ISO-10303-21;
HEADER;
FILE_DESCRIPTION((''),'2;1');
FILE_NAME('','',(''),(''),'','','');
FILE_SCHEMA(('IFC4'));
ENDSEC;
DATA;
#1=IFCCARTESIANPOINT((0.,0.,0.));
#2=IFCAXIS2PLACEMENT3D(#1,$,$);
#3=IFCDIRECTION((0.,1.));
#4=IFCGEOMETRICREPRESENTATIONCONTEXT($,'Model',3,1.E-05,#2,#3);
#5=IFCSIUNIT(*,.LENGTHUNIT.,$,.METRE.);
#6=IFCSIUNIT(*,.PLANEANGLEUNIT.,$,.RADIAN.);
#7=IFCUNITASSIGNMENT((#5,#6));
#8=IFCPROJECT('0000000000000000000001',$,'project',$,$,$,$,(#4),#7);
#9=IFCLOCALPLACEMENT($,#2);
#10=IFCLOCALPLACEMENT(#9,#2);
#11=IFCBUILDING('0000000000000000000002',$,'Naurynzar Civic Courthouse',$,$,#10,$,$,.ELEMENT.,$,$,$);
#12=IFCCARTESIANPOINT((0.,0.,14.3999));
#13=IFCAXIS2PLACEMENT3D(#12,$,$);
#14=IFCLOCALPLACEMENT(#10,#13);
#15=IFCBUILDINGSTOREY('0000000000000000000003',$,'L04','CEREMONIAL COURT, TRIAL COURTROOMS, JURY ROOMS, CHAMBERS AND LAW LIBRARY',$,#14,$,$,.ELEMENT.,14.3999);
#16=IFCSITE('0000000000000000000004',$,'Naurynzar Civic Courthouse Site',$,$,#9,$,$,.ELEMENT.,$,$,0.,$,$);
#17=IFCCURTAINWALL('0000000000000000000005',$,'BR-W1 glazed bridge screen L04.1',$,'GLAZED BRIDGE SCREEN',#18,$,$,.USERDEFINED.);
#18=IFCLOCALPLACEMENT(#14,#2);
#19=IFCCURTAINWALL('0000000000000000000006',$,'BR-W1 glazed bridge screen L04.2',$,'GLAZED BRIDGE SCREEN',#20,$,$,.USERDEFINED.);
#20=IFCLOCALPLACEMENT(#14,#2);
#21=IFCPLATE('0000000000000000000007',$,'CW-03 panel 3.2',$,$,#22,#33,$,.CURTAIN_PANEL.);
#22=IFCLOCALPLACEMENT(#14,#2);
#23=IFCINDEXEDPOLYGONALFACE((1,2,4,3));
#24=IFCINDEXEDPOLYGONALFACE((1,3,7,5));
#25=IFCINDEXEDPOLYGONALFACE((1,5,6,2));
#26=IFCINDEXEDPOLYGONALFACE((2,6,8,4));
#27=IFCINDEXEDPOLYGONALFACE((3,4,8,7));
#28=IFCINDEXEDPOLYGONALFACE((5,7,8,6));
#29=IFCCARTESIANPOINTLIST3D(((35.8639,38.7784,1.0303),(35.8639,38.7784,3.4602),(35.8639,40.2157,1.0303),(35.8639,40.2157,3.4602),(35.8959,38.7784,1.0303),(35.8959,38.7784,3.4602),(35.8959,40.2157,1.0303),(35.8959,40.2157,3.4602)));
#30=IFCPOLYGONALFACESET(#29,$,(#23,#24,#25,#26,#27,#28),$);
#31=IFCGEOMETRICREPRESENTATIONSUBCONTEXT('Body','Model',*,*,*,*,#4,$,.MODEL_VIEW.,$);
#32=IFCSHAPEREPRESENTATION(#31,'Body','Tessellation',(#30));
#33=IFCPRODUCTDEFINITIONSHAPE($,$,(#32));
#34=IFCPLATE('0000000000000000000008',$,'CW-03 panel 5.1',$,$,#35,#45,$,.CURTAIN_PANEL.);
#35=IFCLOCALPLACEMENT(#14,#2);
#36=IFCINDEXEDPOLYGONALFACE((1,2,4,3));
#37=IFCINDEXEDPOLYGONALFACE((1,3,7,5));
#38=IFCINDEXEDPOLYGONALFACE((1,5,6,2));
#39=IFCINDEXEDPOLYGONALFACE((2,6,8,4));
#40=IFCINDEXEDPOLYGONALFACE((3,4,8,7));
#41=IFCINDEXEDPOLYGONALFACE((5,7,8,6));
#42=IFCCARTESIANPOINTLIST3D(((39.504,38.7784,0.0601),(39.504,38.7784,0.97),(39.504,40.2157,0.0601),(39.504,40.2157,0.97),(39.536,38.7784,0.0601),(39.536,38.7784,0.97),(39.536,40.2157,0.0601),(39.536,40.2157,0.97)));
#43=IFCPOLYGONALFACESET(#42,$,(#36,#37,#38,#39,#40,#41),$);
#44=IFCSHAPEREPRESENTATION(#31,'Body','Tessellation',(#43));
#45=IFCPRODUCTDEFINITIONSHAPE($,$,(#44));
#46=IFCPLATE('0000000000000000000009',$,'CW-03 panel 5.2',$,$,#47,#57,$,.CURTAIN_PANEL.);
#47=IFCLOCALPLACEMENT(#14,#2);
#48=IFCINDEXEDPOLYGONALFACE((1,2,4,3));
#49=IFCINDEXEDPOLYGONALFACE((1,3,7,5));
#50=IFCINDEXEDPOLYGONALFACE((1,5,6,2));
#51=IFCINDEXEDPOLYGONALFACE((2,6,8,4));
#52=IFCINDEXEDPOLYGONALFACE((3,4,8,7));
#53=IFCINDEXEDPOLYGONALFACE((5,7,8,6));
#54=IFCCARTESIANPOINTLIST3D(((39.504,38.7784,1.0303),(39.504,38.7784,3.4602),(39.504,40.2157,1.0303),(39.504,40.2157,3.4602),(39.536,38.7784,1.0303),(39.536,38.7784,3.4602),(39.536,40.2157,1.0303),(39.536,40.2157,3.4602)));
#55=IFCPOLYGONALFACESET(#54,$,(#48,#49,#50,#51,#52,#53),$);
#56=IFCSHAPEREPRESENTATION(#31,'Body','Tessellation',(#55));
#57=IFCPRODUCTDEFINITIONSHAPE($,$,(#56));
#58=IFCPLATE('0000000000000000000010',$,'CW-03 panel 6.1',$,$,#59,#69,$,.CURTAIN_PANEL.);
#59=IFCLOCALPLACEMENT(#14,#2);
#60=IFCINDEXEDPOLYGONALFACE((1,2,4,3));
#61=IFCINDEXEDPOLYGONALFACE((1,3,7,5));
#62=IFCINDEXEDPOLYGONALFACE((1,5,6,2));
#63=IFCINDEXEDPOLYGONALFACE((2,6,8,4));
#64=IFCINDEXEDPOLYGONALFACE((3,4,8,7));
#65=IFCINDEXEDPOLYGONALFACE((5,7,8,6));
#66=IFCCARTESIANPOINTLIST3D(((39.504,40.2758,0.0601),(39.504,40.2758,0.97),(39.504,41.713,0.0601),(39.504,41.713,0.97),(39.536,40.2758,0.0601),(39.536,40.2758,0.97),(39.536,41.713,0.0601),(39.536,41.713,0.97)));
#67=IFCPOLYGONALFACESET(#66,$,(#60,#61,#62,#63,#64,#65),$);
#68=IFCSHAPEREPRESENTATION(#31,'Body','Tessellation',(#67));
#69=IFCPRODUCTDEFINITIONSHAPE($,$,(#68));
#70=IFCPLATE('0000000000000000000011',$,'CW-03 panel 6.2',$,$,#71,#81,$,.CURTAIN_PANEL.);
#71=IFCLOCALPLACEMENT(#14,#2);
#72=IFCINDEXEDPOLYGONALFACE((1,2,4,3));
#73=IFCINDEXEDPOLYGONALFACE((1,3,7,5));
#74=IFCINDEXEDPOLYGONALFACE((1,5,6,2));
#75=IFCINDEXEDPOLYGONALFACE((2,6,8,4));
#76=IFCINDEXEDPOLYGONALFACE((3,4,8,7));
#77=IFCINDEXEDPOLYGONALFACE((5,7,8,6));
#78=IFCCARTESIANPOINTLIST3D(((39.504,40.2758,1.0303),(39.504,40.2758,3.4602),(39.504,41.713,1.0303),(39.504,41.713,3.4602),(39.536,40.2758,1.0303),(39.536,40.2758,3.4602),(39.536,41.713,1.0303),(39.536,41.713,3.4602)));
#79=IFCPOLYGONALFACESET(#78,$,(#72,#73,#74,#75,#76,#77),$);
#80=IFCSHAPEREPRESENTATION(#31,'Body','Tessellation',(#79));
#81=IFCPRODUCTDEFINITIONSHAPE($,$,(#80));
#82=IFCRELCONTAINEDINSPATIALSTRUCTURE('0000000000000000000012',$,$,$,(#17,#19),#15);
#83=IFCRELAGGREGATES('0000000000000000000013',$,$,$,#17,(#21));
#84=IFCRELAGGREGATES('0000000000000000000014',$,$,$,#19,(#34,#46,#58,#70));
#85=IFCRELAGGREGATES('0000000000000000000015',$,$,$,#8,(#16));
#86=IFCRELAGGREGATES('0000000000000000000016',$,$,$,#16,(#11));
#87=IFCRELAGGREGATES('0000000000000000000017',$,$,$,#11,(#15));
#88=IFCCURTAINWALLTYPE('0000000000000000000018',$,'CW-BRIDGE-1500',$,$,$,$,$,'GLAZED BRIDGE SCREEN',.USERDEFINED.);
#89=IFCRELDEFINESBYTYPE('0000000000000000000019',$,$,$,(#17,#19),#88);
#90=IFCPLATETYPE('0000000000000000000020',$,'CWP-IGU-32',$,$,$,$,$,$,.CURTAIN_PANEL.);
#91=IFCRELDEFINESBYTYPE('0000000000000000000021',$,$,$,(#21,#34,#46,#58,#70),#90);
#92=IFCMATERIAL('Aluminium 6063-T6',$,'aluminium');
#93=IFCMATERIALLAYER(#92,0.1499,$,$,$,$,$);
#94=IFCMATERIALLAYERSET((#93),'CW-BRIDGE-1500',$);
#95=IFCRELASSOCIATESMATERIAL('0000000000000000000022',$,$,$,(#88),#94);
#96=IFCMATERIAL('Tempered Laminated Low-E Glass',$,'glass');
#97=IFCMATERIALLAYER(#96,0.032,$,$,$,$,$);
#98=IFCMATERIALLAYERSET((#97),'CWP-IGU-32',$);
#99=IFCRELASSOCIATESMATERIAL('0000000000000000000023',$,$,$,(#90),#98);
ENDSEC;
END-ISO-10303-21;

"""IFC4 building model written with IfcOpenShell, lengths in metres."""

from ifc_helpers import new_model, si_unit, direction, frame, origin, origin_2d, place, context, subcontext, project, spatial, rectangle, extrude, material, layer, layer_set, type_object, element, aggregate, save


model = new_model("IFC4")

# Units and contexts
model_context = context("Model", 3, precision=1e-05, world=origin(), true_north=direction((0.0, 1.0)))
body_context = subcontext(model_context, "Body", "Model", "MODEL_VIEW")
ifc_project = project(units=[si_unit("LENGTHUNIT", "METRE"), si_unit("PLANEANGLEUNIT", "RADIAN")], contexts=[model_context])

# Site, building, storey
site_placement = place(None, origin())
site = spatial("IfcSite", under=ifc_project, at=site_placement, Name="Naurynzar Civic Courthouse Site", CompositionType="ELEMENT", RefElevation=0.0)
building_placement = place(site_placement, origin())
building = spatial("IfcBuilding", under=site, at=building_placement, Name="Naurynzar Civic Courthouse", CompositionType="ELEMENT")
storey_placement = place(building_placement, frame((0.0, 0.0, 14.3999)))
storey = spatial("IfcBuildingStorey", under=building, at=storey_placement, Name="L04", Description="CEREMONIAL COURT, TRIAL COURTROOMS, JURY ROOMS, CHAMBERS AND LAW LIBRARY", CompositionType="ELEMENT", Elevation=14.3999)

# Curtain walls
ifc_material_1 = material(Name="Aluminium 6063-T6", Category="aluminium")
ifc_layer_1 = layer(ifc_material_1, 0.1499)
ifc_layer_set_1 = layer_set([ifc_layer_1], Name="CW-BRIDGE-1500")
curtain_wall_type = type_object("IfcCurtainWallType", Name="CW-BRIDGE-1500", ElementType="GLAZED BRIDGE SCREEN", PredefinedType="USERDEFINED", material=ifc_layer_set_1)
curtain_wall_1_placement = place(storey_placement, origin())
curtain_wall_1 = element("IfcCurtainWall", 1, at=curtain_wall_1_placement, inside=storey, type_object=curtain_wall_type, Name="BR-W1 glazed bridge screen L04.1", ObjectType="GLAZED BRIDGE SCREEN", PredefinedType="USERDEFINED")
curtain_wall_2_placement = place(storey_placement, origin())
curtain_wall_2 = element("IfcCurtainWall", 2, at=curtain_wall_2_placement, inside=storey, type_object=curtain_wall_type, Name="BR-W1 glazed bridge screen L04.2", ObjectType="GLAZED BRIDGE SCREEN", PredefinedType="USERDEFINED")

# Plates
ifc_material_2 = material(Name="Tempered Laminated Low-E Glass", Category="glass")
ifc_layer_2 = layer(ifc_material_2, 0.032)
ifc_layer_set_2 = layer_set([ifc_layer_2], Name="CWP-IGU-32")
plate_type = type_object("IfcPlateType", Name="CWP-IGU-32", PredefinedType="CURTAIN_PANEL", material=ifc_layer_set_2)
plate_1_placement = place(storey_placement, frame((35.8799, 39.4971, 1.0303), z_axis=(0.0, 0.0, 1.0), x_axis=(0.0, -1.0, 0.0)))
plate_1 = element("IfcPlate", 3, at=plate_1_placement, type_object=plate_type, Name="CW-03 panel 3.2", PredefinedType="CURTAIN_PANEL", context=body_context, shape_type="SweptSolid", body=[
    extrude(rectangle(XDim=1.4373, YDim=0.032, at=origin_2d()), origin(), (0.0, 0.0, 1.0), 2.4299),
])
aggregate(curtain_wall_1, [plate_1])
plate_2_placement = place(storey_placement, frame((39.52, 39.4971, 0.0601), z_axis=(0.0, 0.0, 1.0), x_axis=(0.0, 1.0, 0.0)))
plate_2 = element("IfcPlate", 4, at=plate_2_placement, type_object=plate_type, Name="CW-03 panel 5.1", PredefinedType="CURTAIN_PANEL", context=body_context, shape_type="SweptSolid", body=[
    extrude(rectangle(XDim=1.4373, YDim=0.032, at=origin_2d()), origin(), (0.0, 0.0, 1.0), 0.9099),
])
plate_3_placement = place(storey_placement, frame((39.52, 39.4971, 1.0303), z_axis=(0.0, 0.0, 1.0), x_axis=(0.0, 1.0, 0.0)))
plate_3 = element("IfcPlate", 5, at=plate_3_placement, type_object=plate_type, Name="CW-03 panel 5.2", PredefinedType="CURTAIN_PANEL", context=body_context, shape_type="SweptSolid", body=[
    extrude(rectangle(XDim=1.4373, YDim=0.032, at=origin_2d()), origin(), (0.0, 0.0, 1.0), 2.4299),
])
plate_4_placement = place(storey_placement, frame((39.52, 40.9944, 0.0601), z_axis=(0.0, 0.0, 1.0), x_axis=(0.0, 1.0, 0.0)))
plate_4 = element("IfcPlate", 6, at=plate_4_placement, type_object=plate_type, Name="CW-03 panel 6.1", PredefinedType="CURTAIN_PANEL", context=body_context, shape_type="SweptSolid", body=[
    extrude(rectangle(XDim=1.4373, YDim=0.032, at=origin_2d()), origin(), (0.0, 0.0, 1.0), 0.9099),
])
plate_5_placement = place(storey_placement, frame((39.52, 40.9944, 1.0303), z_axis=(0.0, 0.0, 1.0), x_axis=(0.0, 1.0, 0.0)))
plate_5 = element("IfcPlate", 7, at=plate_5_placement, type_object=plate_type, Name="CW-03 panel 6.2", PredefinedType="CURTAIN_PANEL", context=body_context, shape_type="SweptSolid", body=[
    extrude(rectangle(XDim=1.4373, YDim=0.032, at=origin_2d()), origin(), (0.0, 0.0, 1.0), 2.4299),
])
aggregate(curtain_wall_2, [plate_2, plate_3, plate_4, plate_5])

save(model, "model.ifc")
